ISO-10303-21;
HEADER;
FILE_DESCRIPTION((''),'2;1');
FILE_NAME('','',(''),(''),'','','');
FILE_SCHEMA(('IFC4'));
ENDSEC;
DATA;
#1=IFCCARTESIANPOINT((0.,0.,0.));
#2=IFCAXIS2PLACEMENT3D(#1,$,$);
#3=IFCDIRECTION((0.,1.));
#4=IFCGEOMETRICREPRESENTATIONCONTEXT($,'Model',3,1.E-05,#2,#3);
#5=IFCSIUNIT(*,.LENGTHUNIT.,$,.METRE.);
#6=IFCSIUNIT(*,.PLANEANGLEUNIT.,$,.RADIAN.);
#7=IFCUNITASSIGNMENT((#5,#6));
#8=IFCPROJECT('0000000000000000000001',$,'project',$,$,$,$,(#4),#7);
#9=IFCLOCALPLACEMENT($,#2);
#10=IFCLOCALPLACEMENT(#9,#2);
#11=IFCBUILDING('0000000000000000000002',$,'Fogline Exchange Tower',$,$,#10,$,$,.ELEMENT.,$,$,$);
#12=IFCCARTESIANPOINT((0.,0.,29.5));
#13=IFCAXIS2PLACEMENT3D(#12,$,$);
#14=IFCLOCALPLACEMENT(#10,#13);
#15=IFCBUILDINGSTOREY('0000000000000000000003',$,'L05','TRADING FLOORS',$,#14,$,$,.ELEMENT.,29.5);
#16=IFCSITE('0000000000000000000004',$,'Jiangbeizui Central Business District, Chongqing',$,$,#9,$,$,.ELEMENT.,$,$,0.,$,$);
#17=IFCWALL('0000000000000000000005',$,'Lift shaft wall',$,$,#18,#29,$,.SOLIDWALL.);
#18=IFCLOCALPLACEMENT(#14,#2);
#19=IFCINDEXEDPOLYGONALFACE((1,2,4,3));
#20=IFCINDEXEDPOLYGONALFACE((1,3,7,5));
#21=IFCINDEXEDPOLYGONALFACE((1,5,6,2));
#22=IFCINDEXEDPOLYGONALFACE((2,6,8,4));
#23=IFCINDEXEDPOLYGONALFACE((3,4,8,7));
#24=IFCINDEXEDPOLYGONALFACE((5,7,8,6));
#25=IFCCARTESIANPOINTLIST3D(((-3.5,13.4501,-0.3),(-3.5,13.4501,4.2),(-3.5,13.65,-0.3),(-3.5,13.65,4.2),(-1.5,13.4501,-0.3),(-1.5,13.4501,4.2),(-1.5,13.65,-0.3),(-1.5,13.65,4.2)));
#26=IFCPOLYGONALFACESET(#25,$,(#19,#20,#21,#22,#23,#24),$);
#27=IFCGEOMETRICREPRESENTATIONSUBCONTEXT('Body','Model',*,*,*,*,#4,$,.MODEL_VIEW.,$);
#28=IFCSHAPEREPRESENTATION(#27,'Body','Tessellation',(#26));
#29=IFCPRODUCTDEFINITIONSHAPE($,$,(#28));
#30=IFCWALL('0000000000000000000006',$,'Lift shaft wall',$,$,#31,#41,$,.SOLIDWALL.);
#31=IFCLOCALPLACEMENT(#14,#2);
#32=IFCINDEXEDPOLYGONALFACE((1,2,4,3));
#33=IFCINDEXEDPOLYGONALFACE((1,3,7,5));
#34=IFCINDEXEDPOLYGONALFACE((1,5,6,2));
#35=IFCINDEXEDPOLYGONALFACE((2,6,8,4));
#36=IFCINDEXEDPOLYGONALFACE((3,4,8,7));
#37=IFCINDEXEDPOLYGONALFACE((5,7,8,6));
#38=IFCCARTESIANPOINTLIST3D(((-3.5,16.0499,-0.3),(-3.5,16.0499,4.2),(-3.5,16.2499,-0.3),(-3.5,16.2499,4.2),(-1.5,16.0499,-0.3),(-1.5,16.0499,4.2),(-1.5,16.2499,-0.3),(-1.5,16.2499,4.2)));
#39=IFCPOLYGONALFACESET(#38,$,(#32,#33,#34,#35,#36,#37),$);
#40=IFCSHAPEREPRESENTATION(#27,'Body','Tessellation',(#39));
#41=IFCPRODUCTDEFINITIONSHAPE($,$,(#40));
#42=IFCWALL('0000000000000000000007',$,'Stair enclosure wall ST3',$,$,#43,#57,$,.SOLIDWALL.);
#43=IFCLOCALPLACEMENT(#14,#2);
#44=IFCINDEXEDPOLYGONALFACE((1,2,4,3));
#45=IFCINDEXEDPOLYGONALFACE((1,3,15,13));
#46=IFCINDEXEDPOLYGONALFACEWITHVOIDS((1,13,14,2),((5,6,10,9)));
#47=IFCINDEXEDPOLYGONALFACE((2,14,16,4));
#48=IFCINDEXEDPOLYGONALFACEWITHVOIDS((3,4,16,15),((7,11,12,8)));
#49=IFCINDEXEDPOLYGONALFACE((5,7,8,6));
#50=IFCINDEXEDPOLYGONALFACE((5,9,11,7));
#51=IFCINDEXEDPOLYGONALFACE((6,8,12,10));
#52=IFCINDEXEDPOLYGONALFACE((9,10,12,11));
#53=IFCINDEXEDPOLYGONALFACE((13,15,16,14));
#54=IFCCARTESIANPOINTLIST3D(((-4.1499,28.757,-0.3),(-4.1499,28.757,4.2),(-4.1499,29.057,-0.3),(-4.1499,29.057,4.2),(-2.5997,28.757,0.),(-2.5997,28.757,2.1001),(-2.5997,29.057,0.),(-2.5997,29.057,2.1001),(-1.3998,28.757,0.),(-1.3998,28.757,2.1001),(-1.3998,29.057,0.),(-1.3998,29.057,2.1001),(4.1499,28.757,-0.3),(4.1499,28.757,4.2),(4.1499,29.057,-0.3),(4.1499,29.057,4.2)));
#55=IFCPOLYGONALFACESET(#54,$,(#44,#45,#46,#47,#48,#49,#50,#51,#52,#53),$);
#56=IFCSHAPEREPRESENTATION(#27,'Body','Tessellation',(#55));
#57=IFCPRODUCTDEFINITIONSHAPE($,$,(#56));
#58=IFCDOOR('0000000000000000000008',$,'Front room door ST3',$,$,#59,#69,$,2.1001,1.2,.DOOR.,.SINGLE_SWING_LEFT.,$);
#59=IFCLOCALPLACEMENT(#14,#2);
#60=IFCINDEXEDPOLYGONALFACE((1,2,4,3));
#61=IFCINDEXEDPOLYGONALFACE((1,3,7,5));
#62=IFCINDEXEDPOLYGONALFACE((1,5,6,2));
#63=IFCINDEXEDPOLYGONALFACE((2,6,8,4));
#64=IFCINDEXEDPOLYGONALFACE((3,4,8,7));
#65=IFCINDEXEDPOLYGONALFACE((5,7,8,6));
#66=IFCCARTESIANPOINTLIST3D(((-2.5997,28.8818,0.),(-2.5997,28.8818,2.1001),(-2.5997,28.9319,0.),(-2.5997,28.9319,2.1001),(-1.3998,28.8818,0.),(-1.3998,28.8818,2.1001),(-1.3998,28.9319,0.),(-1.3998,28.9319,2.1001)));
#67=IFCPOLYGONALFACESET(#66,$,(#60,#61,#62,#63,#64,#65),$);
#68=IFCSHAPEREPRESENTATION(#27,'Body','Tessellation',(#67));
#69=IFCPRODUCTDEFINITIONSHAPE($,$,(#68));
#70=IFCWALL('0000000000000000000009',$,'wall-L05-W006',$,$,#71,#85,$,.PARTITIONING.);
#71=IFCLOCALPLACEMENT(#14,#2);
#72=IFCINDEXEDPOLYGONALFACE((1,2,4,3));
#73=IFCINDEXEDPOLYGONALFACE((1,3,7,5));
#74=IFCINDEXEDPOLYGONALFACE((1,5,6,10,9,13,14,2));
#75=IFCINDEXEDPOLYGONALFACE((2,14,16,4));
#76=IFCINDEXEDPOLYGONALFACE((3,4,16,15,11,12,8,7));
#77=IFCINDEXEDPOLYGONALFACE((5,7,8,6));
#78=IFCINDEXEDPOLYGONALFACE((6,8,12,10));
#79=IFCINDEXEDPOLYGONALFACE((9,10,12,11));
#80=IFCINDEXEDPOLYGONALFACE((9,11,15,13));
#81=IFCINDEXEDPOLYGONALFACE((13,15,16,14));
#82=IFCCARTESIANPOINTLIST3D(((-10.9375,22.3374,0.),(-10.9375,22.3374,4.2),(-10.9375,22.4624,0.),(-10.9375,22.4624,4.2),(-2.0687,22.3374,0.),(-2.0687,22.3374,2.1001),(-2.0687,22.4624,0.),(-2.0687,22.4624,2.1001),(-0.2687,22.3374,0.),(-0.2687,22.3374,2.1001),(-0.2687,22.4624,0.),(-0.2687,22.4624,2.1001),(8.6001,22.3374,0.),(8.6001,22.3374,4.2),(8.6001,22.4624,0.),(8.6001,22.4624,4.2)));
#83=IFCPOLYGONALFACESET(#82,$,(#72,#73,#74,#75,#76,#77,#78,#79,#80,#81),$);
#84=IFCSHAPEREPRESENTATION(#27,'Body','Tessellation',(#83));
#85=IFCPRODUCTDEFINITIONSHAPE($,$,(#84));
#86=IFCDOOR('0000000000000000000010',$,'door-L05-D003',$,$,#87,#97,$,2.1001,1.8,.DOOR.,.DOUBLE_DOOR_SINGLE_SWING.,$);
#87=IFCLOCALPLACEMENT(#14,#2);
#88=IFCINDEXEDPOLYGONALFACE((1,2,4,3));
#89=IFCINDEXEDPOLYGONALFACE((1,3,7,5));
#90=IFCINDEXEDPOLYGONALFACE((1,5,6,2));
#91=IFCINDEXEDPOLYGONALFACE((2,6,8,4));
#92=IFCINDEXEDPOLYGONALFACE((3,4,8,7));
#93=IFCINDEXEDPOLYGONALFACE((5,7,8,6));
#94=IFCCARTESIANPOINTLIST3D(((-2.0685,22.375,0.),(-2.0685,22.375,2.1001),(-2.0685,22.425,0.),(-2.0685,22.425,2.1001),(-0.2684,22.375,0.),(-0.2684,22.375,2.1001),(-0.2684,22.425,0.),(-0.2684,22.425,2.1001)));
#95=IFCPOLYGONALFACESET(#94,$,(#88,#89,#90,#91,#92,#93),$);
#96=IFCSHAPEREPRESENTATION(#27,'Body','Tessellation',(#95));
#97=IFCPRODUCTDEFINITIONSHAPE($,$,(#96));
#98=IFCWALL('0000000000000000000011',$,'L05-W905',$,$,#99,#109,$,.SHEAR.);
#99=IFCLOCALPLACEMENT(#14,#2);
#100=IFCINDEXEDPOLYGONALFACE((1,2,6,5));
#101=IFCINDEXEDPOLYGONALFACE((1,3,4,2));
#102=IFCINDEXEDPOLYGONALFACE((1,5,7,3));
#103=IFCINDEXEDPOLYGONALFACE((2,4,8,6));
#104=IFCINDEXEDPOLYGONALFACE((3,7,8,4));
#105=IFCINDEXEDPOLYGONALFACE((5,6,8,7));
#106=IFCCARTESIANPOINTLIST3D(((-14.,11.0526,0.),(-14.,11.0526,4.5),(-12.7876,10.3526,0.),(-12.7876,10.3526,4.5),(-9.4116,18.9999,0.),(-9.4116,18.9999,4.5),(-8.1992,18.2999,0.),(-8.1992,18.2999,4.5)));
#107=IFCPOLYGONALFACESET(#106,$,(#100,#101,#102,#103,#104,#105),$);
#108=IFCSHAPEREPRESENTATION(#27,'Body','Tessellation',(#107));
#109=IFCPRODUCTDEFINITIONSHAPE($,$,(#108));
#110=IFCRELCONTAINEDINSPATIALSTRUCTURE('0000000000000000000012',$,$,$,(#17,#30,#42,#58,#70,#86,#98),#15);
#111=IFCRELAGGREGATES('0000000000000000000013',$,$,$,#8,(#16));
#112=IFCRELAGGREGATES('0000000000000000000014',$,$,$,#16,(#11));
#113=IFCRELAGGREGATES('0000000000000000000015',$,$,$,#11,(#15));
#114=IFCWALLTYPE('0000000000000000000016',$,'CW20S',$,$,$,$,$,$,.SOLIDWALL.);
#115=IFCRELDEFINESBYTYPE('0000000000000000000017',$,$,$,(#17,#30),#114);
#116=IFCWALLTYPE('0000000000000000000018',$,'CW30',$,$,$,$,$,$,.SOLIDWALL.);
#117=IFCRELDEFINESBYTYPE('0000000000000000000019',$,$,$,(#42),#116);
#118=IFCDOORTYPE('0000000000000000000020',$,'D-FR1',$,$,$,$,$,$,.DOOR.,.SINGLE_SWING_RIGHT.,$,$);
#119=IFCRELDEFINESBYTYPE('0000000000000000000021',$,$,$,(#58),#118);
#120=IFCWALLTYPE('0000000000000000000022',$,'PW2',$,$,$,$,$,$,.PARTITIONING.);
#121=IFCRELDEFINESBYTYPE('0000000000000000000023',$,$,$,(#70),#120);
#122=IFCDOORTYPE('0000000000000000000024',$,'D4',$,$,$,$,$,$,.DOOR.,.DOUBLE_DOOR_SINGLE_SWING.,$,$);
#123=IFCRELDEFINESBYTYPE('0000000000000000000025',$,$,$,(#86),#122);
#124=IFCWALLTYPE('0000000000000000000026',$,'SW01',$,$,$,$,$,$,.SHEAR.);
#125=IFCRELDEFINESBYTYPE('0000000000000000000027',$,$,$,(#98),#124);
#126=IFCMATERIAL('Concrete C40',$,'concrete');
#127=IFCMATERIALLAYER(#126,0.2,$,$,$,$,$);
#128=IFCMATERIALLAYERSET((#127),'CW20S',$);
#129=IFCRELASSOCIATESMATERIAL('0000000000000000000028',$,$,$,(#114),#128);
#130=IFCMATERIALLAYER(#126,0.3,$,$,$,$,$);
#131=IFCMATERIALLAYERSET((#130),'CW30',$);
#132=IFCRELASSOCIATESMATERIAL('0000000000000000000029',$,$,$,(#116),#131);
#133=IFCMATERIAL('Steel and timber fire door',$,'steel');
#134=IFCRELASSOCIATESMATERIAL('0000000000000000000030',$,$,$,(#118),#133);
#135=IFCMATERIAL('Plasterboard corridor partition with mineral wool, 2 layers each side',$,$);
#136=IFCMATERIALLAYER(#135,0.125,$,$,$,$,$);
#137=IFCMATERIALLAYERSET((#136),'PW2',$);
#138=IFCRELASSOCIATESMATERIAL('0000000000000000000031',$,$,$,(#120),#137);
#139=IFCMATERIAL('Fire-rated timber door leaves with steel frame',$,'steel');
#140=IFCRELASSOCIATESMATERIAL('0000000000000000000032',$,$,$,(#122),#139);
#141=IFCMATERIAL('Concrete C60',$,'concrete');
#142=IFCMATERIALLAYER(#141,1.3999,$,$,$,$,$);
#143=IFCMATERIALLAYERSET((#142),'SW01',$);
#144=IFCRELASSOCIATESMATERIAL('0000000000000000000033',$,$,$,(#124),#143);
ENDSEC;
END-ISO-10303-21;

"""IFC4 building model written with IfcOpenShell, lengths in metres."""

from ifc_helpers import new_model, si_unit, direction, frame, frame_2d, origin, place, context, subcontext, project, spatial, rectangle, extrude, material, layer, layer_set, type_object, element, fill, save


model = new_model("IFC4")

# Units and contexts
model_context = context("Model", 3, precision=1e-05, world=origin(), true_north=direction((0.0, 1.0)))
body_context = subcontext(model_context, "Body", "Model", "MODEL_VIEW")
ifc_project = project(units=[si_unit("LENGTHUNIT", "METRE"), si_unit("PLANEANGLEUNIT", "RADIAN")], contexts=[model_context])

# Site, building, storey
site_placement = place(None, origin())
site = spatial("IfcSite", under=ifc_project, at=site_placement, Name="Jiangbeizui Central Business District, Chongqing", CompositionType="ELEMENT", RefElevation=0.0)
building_placement = place(site_placement, origin())
building = spatial("IfcBuilding", under=site, at=building_placement, Name="Fogline Exchange Tower", CompositionType="ELEMENT")
storey_placement = place(building_placement, frame((0.0, 0.0, 29.5)))
storey = spatial("IfcBuildingStorey", under=building, at=storey_placement, Name="L05", Description="TRADING FLOORS", CompositionType="ELEMENT", Elevation=29.5)

# Shared definitions
ifc_material_1 = material(Name="Concrete C40", Category="concrete")

# Shared definitions
ifc_material_2 = material(Name="Steel and timber fire door", Category="steel")

# Walls
ifc_layer_1 = layer(ifc_material_1, 0.2)
ifc_layer_set_1 = layer_set([ifc_layer_1], Name="CW20S")
wall_type_1 = type_object("IfcWallType", Name="CW20S", PredefinedType="SOLIDWALL", material=ifc_layer_set_1)
for number, where, z_axis, x_axis, name in (
    (1, (-3.5, 13.55, -0.3), (0.0, 0.0, 1.0), (1.0, 0.0, 0.0), "Lift shaft wall"),
    (2, (-3.5, 16.1499, -0.3), (0.0, 0.0, 1.0), (1.0, 0.0, 0.0), "Lift shaft wall"),
):
    element("IfcWall", number, at=place(storey_placement, frame(where, z_axis=z_axis, x_axis=x_axis)), inside=storey, type_object=wall_type_1, Name=name, PredefinedType="SOLIDWALL", context=body_context, shape_type="SweptSolid", body=[
        extrude(rectangle(XDim=2.0, YDim=0.2, at=frame_2d((1.0, 0.0))), origin(), (0.0, 0.0, 1.0), 4.5),
    ])

# Walls, openings, doors
ifc_layer_2 = layer(ifc_material_1, 0.3)
ifc_layer_set_2 = layer_set([ifc_layer_2], Name="CW30")
wall_type_2 = type_object("IfcWallType", Name="CW30", PredefinedType="SOLIDWALL", material=ifc_layer_set_2)
wall_1_placement = place(storey_placement, frame((-4.1499, 28.907, -0.3), z_axis=(0.0, 0.0, 1.0), x_axis=(1.0, 0.0, 0.0)))
wall_1 = element("IfcWall", 3, at=wall_1_placement, inside=storey, type_object=wall_type_2, Name="Stair enclosure wall ST3", PredefinedType="SOLIDWALL", context=body_context, shape_type="SweptSolid", body=[
    extrude(rectangle(XDim=8.2998, YDim=0.3, at=frame_2d((4.1499, 0.0))), origin(), (0.0, 0.0, 1.0), 4.5),
])
opening_1_placement = place(wall_1_placement, frame((1.55, 0.0, 0.3)))
opening_1 = element("IfcOpeningElement", 4, at=opening_1_placement, cuts=wall_1, PredefinedType="OPENING", context=body_context, shape_type="SweptSolid", body=[
    extrude(rectangle(XDim=1.2, YDim=2.1001, at=frame_2d((0.6001, 1.05))), frame((0.0, 0.1602, 0.0), z_axis=(0.0, -1.0, 0.0), x_axis=(1.0, 0.0, 0.0)), (0.0, 0.0, 1.0), 0.3201),
])
door_type_1 = type_object("IfcDoorType", Name="D-FR1", OperationType="SINGLE_SWING_RIGHT", PredefinedType="DOOR", material=ifc_material_2)
door_1_placement = place(opening_1_placement, origin())
door_1 = element("IfcDoor", 5, at=door_1_placement, inside=storey, type_object=door_type_1, Name="Front room door ST3", OperationType="SINGLE_SWING_LEFT", OverallHeight=2.1001, OverallWidth=1.2, PredefinedType="DOOR", context=body_context, shape_type="SweptSolid", body=[
    extrude(rectangle(XDim=1.2, YDim=2.1001, at=frame_2d((0.6001, 1.05))), frame((0.0, 0.0249, 0.0), z_axis=(0.0, -1.0, 0.0), x_axis=(1.0, 0.0, 0.0)), (0.0, 0.0, 1.0), 0.05),
])
fill(opening_1, door_1)
ifc_material_3 = material(Name="Plasterboard corridor partition with mineral wool, 2 layers each side")
ifc_layer_3 = layer(ifc_material_3, 0.125)
ifc_layer_set_3 = layer_set([ifc_layer_3], Name="PW2")
wall_type_3 = type_object("IfcWallType", Name="PW2", PredefinedType="PARTITIONING", material=ifc_layer_set_3)
wall_2_placement = place(storey_placement, frame((-10.9375, 22.3999, 0.0), z_axis=(0.0, 0.0, 1.0), x_axis=(1.0, 0.0, 0.0)))
wall_2 = element("IfcWall", 6, at=wall_2_placement, inside=storey, type_object=wall_type_3, Name="wall-L05-W006", PredefinedType="PARTITIONING", context=body_context, shape_type="SweptSolid", body=[
    extrude(rectangle(XDim=19.5376, YDim=0.125, at=frame_2d((9.7688, 0.0))), origin(), (0.0, 0.0, 1.0), 4.2),
])
opening_2_placement = place(wall_2_placement, frame((8.8689, 0.0, 0.0)))
opening_2 = element("IfcOpeningElement", 7, at=opening_2_placement, cuts=wall_2, PredefinedType="OPENING", context=body_context, shape_type="SweptSolid", body=[
    extrude(rectangle(XDim=1.8, YDim=2.1001, at=frame_2d((0.8999, 1.05))), frame((0.0, 0.0725, 0.0), z_axis=(0.0, -1.0, 0.0), x_axis=(1.0, 0.0, 0.0)), (0.0, 0.0, 1.0), 0.145),
])
ifc_material_4 = material(Name="Fire-rated timber door leaves with steel frame", Category="steel")
door_type_2 = type_object("IfcDoorType", Name="D4", OperationType="DOUBLE_DOOR_SINGLE_SWING", PredefinedType="DOOR", material=ifc_material_4)
door_2_placement = place(opening_2_placement, frame((1.8, 0.0, 0.0), z_axis=(0.0, 0.0, 1.0), x_axis=(-1.0, 0.0, 0.0)))
door_2 = element("IfcDoor", 8, at=door_2_placement, inside=storey, type_object=door_type_2, Name="door-L05-D003", OperationType="DOUBLE_DOOR_SINGLE_SWING", OverallHeight=2.1001, OverallWidth=1.8, PredefinedType="DOOR", context=body_context, shape_type="SweptSolid", body=[
    extrude(rectangle(XDim=1.8, YDim=2.1001, at=frame_2d((0.8999, 1.05))), frame((0.0, 0.0249, 0.0), z_axis=(0.0, -1.0, 0.0), x_axis=(1.0, 0.0, 0.0)), (0.0, 0.0, 1.0), 0.05),
])
fill(opening_2, door_2)

# Wall
ifc_material_5 = material(Name="Concrete C60", Category="concrete")
ifc_layer_4 = layer(ifc_material_5, 1.3999)
ifc_layer_set_4 = layer_set([ifc_layer_4], Name="SW01")
wall_type_4 = type_object("IfcWallType", Name="SW01", PredefinedType="SHEAR", material=ifc_layer_set_4)
wall_3_placement = place(storey_placement, frame((-8.8054, 18.6499, 0.0), z_axis=(0.0, 0.0, 1.0), x_axis=(-0.500002, -0.866024, 0.0)))
element("IfcWall", 9, at=wall_3_placement, inside=storey, type_object=wall_type_4, Name="L05-W905", PredefinedType="SHEAR", context=body_context, shape_type="SweptSolid", body=[
    extrude(rectangle(XDim=9.1768, YDim=1.3999, at=frame_2d((4.5884, 0.0))), origin(), (0.0, 0.0, 1.0), 4.5),
])

save(model, "model.ifc")
